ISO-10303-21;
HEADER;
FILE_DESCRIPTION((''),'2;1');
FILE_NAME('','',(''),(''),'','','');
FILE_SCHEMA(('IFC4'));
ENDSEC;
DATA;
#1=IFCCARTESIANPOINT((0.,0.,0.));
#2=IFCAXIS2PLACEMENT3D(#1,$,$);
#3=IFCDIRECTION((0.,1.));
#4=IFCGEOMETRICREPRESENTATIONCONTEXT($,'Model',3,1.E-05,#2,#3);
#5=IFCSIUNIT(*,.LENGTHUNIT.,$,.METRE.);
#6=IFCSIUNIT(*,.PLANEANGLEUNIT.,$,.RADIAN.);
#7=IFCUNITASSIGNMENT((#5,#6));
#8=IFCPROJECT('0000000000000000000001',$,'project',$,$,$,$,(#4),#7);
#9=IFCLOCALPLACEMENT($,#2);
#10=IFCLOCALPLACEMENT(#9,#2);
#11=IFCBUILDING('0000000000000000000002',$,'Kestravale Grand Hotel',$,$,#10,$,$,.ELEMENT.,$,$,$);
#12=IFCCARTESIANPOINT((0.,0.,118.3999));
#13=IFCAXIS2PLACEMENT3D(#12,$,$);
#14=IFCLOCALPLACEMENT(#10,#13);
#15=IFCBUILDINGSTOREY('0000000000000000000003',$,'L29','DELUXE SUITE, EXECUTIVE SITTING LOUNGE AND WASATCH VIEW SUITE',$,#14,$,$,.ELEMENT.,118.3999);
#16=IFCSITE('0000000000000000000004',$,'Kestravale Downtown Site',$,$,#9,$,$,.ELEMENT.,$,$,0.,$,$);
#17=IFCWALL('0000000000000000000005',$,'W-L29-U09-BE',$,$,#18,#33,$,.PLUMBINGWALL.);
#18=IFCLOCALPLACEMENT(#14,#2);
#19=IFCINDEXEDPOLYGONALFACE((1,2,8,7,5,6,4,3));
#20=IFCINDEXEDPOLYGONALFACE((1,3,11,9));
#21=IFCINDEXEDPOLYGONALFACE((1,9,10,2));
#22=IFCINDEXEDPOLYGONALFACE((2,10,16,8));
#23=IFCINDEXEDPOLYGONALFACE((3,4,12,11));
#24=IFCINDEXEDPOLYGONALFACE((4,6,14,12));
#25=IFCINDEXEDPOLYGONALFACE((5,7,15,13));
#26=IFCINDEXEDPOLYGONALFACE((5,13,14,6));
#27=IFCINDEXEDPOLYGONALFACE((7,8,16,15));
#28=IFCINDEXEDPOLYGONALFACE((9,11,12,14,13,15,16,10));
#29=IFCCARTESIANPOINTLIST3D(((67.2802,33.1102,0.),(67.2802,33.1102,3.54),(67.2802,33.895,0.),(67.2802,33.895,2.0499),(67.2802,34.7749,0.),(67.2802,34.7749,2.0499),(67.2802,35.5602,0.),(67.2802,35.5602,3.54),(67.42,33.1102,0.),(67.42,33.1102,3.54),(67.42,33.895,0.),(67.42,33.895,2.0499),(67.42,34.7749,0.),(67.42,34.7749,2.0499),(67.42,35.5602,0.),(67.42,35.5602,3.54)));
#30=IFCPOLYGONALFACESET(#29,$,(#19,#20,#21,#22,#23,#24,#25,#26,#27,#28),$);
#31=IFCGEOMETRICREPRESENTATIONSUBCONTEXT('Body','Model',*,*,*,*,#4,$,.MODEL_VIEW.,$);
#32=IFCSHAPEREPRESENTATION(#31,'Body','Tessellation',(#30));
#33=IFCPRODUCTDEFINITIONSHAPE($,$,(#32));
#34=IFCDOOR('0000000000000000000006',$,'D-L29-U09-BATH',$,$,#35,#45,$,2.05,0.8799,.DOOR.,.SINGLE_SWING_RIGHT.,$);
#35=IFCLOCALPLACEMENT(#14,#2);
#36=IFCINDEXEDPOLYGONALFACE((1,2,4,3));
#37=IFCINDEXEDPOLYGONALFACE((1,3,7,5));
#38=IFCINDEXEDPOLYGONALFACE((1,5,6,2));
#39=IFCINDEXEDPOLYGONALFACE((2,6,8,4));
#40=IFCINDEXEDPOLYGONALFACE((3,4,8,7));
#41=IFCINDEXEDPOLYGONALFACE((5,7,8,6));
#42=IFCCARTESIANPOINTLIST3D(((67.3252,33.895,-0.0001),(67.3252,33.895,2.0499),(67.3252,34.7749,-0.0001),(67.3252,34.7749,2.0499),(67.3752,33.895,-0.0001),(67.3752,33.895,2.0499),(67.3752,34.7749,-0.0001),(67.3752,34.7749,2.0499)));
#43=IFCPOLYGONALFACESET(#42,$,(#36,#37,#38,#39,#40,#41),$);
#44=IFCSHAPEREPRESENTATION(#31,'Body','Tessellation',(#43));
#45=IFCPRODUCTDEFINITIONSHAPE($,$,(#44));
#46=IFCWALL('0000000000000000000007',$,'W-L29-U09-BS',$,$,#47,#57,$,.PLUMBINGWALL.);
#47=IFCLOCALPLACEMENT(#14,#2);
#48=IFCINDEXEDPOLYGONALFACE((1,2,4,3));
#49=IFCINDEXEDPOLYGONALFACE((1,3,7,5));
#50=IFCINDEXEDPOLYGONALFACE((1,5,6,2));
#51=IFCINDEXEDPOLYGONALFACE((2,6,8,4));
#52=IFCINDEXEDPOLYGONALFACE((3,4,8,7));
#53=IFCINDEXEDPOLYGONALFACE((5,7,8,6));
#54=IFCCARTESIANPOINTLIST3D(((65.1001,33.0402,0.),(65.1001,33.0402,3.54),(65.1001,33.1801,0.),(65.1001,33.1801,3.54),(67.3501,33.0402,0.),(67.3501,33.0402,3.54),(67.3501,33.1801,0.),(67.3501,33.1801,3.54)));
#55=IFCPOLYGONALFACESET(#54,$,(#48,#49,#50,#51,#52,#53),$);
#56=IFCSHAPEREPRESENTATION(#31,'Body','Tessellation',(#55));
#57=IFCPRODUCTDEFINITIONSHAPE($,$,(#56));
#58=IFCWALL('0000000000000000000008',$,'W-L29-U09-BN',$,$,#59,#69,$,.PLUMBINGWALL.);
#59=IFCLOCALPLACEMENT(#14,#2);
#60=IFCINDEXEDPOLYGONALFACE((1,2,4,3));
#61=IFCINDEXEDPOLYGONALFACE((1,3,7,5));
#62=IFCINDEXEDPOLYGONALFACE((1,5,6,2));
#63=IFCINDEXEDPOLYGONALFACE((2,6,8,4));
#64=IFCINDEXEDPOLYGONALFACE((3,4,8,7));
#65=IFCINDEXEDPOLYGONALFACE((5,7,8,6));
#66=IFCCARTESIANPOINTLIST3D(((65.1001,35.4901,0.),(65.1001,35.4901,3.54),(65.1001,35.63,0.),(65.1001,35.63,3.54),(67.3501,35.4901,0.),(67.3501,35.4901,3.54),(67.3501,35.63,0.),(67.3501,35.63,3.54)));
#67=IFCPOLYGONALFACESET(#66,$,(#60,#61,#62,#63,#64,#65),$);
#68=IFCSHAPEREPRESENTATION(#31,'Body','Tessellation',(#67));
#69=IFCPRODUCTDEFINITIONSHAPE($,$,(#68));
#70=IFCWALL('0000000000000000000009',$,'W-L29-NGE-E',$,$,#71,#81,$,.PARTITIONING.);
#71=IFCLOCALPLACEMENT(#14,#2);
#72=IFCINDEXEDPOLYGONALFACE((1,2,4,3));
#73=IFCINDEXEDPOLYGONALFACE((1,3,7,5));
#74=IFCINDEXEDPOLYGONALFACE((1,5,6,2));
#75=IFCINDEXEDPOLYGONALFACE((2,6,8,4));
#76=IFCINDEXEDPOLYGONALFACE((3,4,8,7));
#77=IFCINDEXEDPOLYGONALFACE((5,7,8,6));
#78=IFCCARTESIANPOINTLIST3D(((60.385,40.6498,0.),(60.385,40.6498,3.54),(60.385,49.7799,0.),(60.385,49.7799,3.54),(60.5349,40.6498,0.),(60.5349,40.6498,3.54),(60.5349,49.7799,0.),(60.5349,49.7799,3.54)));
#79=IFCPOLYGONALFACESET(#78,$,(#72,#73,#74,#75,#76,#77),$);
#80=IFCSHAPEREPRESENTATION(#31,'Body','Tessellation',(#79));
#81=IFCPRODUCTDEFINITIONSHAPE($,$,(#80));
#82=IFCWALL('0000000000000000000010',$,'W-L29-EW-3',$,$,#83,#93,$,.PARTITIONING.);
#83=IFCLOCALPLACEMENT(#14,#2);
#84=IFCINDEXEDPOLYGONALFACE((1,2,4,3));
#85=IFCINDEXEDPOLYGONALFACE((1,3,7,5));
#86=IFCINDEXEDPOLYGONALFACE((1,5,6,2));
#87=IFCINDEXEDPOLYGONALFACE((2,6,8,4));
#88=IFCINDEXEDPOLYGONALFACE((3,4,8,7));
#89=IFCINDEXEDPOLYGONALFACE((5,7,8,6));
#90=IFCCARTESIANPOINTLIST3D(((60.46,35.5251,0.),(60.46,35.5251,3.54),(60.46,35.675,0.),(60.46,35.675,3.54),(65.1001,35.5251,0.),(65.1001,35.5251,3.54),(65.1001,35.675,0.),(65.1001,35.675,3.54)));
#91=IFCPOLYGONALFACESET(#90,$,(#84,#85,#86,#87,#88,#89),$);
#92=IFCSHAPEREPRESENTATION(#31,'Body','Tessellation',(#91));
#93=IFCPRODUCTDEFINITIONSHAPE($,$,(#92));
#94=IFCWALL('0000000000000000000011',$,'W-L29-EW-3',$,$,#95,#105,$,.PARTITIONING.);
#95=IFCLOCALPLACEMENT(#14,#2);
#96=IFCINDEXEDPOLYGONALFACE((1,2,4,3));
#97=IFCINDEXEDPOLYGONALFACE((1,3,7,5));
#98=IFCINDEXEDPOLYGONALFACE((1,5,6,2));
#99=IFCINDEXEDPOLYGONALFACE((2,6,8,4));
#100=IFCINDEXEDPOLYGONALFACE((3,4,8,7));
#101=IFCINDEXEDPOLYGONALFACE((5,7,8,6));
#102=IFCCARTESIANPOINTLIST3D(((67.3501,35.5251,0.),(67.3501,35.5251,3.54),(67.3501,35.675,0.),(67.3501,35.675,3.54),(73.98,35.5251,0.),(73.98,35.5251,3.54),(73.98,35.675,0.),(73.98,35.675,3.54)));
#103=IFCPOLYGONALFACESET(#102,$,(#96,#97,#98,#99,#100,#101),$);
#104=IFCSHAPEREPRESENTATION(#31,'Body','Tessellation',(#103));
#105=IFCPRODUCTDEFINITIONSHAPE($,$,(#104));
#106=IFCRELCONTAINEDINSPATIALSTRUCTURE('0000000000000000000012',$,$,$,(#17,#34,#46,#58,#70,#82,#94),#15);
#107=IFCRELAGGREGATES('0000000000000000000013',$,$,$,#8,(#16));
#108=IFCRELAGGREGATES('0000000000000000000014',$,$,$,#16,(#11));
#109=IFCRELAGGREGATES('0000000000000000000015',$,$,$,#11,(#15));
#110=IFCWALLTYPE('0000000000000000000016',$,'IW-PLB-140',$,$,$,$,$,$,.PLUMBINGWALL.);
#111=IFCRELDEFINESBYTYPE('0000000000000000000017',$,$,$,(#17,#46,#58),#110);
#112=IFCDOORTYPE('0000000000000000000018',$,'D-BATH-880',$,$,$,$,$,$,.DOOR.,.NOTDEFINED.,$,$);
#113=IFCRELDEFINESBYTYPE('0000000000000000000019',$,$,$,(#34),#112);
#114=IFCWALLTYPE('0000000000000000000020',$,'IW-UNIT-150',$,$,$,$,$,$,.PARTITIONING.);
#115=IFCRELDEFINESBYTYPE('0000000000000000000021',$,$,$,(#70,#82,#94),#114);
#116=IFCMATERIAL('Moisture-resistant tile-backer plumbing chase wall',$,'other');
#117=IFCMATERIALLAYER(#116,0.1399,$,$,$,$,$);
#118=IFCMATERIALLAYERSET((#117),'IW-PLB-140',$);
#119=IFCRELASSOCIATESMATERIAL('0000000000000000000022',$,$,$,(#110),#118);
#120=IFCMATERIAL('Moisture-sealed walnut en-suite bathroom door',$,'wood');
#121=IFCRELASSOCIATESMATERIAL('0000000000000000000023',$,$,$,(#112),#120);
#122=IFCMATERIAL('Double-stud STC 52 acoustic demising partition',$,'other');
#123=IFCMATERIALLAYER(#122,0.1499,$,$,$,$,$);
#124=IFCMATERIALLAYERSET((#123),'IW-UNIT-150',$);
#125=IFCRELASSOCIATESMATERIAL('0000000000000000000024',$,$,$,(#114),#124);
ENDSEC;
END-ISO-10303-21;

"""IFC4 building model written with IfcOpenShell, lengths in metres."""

from ifc_helpers import new_model, si_unit, direction, frame, frame_2d, origin, place, context, subcontext, project, spatial, rectangle, extrude, material, layer, layer_set, type_object, element, fill, save


model = new_model("IFC4")

# Units and contexts
model_context = context("Model", 3, precision=1e-05, world=origin(), true_north=direction((0.0, 1.0)))
body_context = subcontext(model_context, "Body", "Model", "MODEL_VIEW")
ifc_project = project(units=[si_unit("LENGTHUNIT", "METRE"), si_unit("PLANEANGLEUNIT", "RADIAN")], contexts=[model_context])

# Site, building, storey
site_placement = place(None, origin())
site = spatial("IfcSite", under=ifc_project, at=site_placement, Name="Kestravale Downtown Site", CompositionType="ELEMENT", RefElevation=0.0)
building_placement = place(site_placement, origin())
building = spatial("IfcBuilding", under=site, at=building_placement, Name="Kestravale Grand Hotel", CompositionType="ELEMENT")
storey_placement = place(building_placement, frame((0.0, 0.0, 118.3999)))
storey = spatial("IfcBuildingStorey", under=building, at=storey_placement, Name="L29", Description="DELUXE SUITE, EXECUTIVE SITTING LOUNGE AND WASATCH VIEW SUITE", CompositionType="ELEMENT", Elevation=118.3999)

# Shared definitions
ifc_material_1 = material(Name="Moisture-resistant tile-backer plumbing chase wall", Category="other")
ifc_layer_1 = layer(ifc_material_1, 0.1399)
ifc_layer_set_1 = layer_set([ifc_layer_1], Name="IW-PLB-140")
wall_type_1 = type_object("IfcWallType", Name="IW-PLB-140", PredefinedType="PLUMBINGWALL", material=ifc_layer_set_1)

# Wall, opening, door
wall_1_placement = place(storey_placement, frame((67.3501, 33.1101, 0.0), z_axis=(0.0, 0.0, 1.0), x_axis=(0.0, 1.0, 0.0)))
wall_1 = element("IfcWall", 1, at=wall_1_placement, inside=storey, type_object=wall_type_1, Name="W-L29-U09-BE", PredefinedType="PLUMBINGWALL", context=body_context, shape_type="SweptSolid", body=[
    extrude(rectangle(XDim=2.45, YDim=0.1399, at=frame_2d((1.2251, 0.0))), origin(), (0.0, 0.0, 1.0), 3.54),
])
opening_1_placement = place(wall_1_placement, frame((0.7849, 0.0, 0.0)))
opening_1 = element("IfcOpeningElement", 2, at=opening_1_placement, cuts=wall_1, PredefinedType="OPENING", context=body_context, shape_type="SweptSolid", body=[
    extrude(rectangle(XDim=0.8799, YDim=2.05, at=frame_2d((0.4399, 1.0249))), frame((0.0, 0.0798, 0.0), z_axis=(0.0, -1.0, 0.0), x_axis=(1.0, 0.0, 0.0)), (0.0, 0.0, 1.0), 0.1599),
])
ifc_material_2 = material(Name="Moisture-sealed walnut en-suite bathroom door", Category="wood")
door_type = type_object("IfcDoorType", Name="D-BATH-880", OperationType="NOTDEFINED", PredefinedType="DOOR", material=ifc_material_2)
door_placement = place(opening_1_placement, origin())
door = element("IfcDoor", 3, at=door_placement, inside=storey, type_object=door_type, Name="D-L29-U09-BATH", OperationType="SINGLE_SWING_RIGHT", OverallHeight=2.05, OverallWidth=0.8799, PredefinedType="DOOR", context=body_context, shape_type="SweptSolid", body=[
    extrude(rectangle(XDim=0.8799, YDim=2.05, at=frame_2d((0.4399, 1.0249))), frame((0.0, 0.0249, 0.0), z_axis=(0.0, -1.0, 0.0), x_axis=(1.0, 0.0, 0.0)), (0.0, 0.0, 1.0), 0.05),
])
fill(opening_1, door)

# Walls
for number, where, z_axis, x_axis, name in (
    (4, (65.1001, 33.1101, 0.0), (0.0, 0.0, 1.0), (1.0, 0.0, 0.0), "W-L29-U09-BS"),
    (5, (65.1001, 35.5601, 0.0), (0.0, 0.0, 1.0), (1.0, 0.0, 0.0), "W-L29-U09-BN"),
):
    element("IfcWall", number, at=place(storey_placement, frame(where, z_axis=z_axis, x_axis=x_axis)), inside=storey, type_object=wall_type_1, Name=name, PredefinedType="PLUMBINGWALL", context=body_context, shape_type="SweptSolid", body=[
        extrude(rectangle(XDim=2.25, YDim=0.1399, at=frame_2d((1.125, 0.0))), origin(), (0.0, 0.0, 1.0), 3.54),
    ])
ifc_material_3 = material(Name="Double-stud STC 52 acoustic demising partition", Category="other")
ifc_layer_2 = layer(ifc_material_3, 0.1499)
ifc_layer_set_2 = layer_set([ifc_layer_2], Name="IW-UNIT-150")
wall_type_2 = type_object("IfcWallType", Name="IW-UNIT-150", PredefinedType="PARTITIONING", material=ifc_layer_set_2)
wall_2_placement = place(storey_placement, frame((60.46, 40.6499, 0.0), z_axis=(0.0, 0.0, 1.0), x_axis=(0.0, 1.0, 0.0)))
element("IfcWall", 6, at=wall_2_placement, inside=storey, type_object=wall_type_2, Name="W-L29-NGE-E", PredefinedType="PARTITIONING", context=body_context, shape_type="SweptSolid", body=[
    extrude(rectangle(XDim=9.1301, YDim=0.1499, at=frame_2d((4.5649, 0.0))), origin(), (0.0, 0.0, 1.0), 3.54),
])
wall_3_placement = place(storey_placement, frame((60.46, 35.6001, 0.0), z_axis=(0.0, 0.0, 1.0), x_axis=(1.0, 0.0, 0.0)))
element("IfcWall", 7, at=wall_3_placement, inside=storey, type_object=wall_type_2, Name="W-L29-EW-3", PredefinedType="PARTITIONING", context=body_context, shape_type="SweptSolid", body=[
    extrude(rectangle(XDim=4.6401, YDim=0.1499, at=frame_2d((2.3201, 0.0))), origin(), (0.0, 0.0, 1.0), 3.54),
])
wall_4_placement = place(storey_placement, frame((67.3501, 35.6001, 0.0), z_axis=(0.0, 0.0, 1.0), x_axis=(1.0, 0.0, 0.0)))
element("IfcWall", 8, at=wall_4_placement, inside=storey, type_object=wall_type_2, Name="W-L29-EW-3", PredefinedType="PARTITIONING", context=body_context, shape_type="SweptSolid", body=[
    extrude(rectangle(XDim=6.6299, YDim=0.1499, at=frame_2d((3.3149, 0.0))), origin(), (0.0, 0.0, 1.0), 3.54),
])

save(model, "model.ifc")
